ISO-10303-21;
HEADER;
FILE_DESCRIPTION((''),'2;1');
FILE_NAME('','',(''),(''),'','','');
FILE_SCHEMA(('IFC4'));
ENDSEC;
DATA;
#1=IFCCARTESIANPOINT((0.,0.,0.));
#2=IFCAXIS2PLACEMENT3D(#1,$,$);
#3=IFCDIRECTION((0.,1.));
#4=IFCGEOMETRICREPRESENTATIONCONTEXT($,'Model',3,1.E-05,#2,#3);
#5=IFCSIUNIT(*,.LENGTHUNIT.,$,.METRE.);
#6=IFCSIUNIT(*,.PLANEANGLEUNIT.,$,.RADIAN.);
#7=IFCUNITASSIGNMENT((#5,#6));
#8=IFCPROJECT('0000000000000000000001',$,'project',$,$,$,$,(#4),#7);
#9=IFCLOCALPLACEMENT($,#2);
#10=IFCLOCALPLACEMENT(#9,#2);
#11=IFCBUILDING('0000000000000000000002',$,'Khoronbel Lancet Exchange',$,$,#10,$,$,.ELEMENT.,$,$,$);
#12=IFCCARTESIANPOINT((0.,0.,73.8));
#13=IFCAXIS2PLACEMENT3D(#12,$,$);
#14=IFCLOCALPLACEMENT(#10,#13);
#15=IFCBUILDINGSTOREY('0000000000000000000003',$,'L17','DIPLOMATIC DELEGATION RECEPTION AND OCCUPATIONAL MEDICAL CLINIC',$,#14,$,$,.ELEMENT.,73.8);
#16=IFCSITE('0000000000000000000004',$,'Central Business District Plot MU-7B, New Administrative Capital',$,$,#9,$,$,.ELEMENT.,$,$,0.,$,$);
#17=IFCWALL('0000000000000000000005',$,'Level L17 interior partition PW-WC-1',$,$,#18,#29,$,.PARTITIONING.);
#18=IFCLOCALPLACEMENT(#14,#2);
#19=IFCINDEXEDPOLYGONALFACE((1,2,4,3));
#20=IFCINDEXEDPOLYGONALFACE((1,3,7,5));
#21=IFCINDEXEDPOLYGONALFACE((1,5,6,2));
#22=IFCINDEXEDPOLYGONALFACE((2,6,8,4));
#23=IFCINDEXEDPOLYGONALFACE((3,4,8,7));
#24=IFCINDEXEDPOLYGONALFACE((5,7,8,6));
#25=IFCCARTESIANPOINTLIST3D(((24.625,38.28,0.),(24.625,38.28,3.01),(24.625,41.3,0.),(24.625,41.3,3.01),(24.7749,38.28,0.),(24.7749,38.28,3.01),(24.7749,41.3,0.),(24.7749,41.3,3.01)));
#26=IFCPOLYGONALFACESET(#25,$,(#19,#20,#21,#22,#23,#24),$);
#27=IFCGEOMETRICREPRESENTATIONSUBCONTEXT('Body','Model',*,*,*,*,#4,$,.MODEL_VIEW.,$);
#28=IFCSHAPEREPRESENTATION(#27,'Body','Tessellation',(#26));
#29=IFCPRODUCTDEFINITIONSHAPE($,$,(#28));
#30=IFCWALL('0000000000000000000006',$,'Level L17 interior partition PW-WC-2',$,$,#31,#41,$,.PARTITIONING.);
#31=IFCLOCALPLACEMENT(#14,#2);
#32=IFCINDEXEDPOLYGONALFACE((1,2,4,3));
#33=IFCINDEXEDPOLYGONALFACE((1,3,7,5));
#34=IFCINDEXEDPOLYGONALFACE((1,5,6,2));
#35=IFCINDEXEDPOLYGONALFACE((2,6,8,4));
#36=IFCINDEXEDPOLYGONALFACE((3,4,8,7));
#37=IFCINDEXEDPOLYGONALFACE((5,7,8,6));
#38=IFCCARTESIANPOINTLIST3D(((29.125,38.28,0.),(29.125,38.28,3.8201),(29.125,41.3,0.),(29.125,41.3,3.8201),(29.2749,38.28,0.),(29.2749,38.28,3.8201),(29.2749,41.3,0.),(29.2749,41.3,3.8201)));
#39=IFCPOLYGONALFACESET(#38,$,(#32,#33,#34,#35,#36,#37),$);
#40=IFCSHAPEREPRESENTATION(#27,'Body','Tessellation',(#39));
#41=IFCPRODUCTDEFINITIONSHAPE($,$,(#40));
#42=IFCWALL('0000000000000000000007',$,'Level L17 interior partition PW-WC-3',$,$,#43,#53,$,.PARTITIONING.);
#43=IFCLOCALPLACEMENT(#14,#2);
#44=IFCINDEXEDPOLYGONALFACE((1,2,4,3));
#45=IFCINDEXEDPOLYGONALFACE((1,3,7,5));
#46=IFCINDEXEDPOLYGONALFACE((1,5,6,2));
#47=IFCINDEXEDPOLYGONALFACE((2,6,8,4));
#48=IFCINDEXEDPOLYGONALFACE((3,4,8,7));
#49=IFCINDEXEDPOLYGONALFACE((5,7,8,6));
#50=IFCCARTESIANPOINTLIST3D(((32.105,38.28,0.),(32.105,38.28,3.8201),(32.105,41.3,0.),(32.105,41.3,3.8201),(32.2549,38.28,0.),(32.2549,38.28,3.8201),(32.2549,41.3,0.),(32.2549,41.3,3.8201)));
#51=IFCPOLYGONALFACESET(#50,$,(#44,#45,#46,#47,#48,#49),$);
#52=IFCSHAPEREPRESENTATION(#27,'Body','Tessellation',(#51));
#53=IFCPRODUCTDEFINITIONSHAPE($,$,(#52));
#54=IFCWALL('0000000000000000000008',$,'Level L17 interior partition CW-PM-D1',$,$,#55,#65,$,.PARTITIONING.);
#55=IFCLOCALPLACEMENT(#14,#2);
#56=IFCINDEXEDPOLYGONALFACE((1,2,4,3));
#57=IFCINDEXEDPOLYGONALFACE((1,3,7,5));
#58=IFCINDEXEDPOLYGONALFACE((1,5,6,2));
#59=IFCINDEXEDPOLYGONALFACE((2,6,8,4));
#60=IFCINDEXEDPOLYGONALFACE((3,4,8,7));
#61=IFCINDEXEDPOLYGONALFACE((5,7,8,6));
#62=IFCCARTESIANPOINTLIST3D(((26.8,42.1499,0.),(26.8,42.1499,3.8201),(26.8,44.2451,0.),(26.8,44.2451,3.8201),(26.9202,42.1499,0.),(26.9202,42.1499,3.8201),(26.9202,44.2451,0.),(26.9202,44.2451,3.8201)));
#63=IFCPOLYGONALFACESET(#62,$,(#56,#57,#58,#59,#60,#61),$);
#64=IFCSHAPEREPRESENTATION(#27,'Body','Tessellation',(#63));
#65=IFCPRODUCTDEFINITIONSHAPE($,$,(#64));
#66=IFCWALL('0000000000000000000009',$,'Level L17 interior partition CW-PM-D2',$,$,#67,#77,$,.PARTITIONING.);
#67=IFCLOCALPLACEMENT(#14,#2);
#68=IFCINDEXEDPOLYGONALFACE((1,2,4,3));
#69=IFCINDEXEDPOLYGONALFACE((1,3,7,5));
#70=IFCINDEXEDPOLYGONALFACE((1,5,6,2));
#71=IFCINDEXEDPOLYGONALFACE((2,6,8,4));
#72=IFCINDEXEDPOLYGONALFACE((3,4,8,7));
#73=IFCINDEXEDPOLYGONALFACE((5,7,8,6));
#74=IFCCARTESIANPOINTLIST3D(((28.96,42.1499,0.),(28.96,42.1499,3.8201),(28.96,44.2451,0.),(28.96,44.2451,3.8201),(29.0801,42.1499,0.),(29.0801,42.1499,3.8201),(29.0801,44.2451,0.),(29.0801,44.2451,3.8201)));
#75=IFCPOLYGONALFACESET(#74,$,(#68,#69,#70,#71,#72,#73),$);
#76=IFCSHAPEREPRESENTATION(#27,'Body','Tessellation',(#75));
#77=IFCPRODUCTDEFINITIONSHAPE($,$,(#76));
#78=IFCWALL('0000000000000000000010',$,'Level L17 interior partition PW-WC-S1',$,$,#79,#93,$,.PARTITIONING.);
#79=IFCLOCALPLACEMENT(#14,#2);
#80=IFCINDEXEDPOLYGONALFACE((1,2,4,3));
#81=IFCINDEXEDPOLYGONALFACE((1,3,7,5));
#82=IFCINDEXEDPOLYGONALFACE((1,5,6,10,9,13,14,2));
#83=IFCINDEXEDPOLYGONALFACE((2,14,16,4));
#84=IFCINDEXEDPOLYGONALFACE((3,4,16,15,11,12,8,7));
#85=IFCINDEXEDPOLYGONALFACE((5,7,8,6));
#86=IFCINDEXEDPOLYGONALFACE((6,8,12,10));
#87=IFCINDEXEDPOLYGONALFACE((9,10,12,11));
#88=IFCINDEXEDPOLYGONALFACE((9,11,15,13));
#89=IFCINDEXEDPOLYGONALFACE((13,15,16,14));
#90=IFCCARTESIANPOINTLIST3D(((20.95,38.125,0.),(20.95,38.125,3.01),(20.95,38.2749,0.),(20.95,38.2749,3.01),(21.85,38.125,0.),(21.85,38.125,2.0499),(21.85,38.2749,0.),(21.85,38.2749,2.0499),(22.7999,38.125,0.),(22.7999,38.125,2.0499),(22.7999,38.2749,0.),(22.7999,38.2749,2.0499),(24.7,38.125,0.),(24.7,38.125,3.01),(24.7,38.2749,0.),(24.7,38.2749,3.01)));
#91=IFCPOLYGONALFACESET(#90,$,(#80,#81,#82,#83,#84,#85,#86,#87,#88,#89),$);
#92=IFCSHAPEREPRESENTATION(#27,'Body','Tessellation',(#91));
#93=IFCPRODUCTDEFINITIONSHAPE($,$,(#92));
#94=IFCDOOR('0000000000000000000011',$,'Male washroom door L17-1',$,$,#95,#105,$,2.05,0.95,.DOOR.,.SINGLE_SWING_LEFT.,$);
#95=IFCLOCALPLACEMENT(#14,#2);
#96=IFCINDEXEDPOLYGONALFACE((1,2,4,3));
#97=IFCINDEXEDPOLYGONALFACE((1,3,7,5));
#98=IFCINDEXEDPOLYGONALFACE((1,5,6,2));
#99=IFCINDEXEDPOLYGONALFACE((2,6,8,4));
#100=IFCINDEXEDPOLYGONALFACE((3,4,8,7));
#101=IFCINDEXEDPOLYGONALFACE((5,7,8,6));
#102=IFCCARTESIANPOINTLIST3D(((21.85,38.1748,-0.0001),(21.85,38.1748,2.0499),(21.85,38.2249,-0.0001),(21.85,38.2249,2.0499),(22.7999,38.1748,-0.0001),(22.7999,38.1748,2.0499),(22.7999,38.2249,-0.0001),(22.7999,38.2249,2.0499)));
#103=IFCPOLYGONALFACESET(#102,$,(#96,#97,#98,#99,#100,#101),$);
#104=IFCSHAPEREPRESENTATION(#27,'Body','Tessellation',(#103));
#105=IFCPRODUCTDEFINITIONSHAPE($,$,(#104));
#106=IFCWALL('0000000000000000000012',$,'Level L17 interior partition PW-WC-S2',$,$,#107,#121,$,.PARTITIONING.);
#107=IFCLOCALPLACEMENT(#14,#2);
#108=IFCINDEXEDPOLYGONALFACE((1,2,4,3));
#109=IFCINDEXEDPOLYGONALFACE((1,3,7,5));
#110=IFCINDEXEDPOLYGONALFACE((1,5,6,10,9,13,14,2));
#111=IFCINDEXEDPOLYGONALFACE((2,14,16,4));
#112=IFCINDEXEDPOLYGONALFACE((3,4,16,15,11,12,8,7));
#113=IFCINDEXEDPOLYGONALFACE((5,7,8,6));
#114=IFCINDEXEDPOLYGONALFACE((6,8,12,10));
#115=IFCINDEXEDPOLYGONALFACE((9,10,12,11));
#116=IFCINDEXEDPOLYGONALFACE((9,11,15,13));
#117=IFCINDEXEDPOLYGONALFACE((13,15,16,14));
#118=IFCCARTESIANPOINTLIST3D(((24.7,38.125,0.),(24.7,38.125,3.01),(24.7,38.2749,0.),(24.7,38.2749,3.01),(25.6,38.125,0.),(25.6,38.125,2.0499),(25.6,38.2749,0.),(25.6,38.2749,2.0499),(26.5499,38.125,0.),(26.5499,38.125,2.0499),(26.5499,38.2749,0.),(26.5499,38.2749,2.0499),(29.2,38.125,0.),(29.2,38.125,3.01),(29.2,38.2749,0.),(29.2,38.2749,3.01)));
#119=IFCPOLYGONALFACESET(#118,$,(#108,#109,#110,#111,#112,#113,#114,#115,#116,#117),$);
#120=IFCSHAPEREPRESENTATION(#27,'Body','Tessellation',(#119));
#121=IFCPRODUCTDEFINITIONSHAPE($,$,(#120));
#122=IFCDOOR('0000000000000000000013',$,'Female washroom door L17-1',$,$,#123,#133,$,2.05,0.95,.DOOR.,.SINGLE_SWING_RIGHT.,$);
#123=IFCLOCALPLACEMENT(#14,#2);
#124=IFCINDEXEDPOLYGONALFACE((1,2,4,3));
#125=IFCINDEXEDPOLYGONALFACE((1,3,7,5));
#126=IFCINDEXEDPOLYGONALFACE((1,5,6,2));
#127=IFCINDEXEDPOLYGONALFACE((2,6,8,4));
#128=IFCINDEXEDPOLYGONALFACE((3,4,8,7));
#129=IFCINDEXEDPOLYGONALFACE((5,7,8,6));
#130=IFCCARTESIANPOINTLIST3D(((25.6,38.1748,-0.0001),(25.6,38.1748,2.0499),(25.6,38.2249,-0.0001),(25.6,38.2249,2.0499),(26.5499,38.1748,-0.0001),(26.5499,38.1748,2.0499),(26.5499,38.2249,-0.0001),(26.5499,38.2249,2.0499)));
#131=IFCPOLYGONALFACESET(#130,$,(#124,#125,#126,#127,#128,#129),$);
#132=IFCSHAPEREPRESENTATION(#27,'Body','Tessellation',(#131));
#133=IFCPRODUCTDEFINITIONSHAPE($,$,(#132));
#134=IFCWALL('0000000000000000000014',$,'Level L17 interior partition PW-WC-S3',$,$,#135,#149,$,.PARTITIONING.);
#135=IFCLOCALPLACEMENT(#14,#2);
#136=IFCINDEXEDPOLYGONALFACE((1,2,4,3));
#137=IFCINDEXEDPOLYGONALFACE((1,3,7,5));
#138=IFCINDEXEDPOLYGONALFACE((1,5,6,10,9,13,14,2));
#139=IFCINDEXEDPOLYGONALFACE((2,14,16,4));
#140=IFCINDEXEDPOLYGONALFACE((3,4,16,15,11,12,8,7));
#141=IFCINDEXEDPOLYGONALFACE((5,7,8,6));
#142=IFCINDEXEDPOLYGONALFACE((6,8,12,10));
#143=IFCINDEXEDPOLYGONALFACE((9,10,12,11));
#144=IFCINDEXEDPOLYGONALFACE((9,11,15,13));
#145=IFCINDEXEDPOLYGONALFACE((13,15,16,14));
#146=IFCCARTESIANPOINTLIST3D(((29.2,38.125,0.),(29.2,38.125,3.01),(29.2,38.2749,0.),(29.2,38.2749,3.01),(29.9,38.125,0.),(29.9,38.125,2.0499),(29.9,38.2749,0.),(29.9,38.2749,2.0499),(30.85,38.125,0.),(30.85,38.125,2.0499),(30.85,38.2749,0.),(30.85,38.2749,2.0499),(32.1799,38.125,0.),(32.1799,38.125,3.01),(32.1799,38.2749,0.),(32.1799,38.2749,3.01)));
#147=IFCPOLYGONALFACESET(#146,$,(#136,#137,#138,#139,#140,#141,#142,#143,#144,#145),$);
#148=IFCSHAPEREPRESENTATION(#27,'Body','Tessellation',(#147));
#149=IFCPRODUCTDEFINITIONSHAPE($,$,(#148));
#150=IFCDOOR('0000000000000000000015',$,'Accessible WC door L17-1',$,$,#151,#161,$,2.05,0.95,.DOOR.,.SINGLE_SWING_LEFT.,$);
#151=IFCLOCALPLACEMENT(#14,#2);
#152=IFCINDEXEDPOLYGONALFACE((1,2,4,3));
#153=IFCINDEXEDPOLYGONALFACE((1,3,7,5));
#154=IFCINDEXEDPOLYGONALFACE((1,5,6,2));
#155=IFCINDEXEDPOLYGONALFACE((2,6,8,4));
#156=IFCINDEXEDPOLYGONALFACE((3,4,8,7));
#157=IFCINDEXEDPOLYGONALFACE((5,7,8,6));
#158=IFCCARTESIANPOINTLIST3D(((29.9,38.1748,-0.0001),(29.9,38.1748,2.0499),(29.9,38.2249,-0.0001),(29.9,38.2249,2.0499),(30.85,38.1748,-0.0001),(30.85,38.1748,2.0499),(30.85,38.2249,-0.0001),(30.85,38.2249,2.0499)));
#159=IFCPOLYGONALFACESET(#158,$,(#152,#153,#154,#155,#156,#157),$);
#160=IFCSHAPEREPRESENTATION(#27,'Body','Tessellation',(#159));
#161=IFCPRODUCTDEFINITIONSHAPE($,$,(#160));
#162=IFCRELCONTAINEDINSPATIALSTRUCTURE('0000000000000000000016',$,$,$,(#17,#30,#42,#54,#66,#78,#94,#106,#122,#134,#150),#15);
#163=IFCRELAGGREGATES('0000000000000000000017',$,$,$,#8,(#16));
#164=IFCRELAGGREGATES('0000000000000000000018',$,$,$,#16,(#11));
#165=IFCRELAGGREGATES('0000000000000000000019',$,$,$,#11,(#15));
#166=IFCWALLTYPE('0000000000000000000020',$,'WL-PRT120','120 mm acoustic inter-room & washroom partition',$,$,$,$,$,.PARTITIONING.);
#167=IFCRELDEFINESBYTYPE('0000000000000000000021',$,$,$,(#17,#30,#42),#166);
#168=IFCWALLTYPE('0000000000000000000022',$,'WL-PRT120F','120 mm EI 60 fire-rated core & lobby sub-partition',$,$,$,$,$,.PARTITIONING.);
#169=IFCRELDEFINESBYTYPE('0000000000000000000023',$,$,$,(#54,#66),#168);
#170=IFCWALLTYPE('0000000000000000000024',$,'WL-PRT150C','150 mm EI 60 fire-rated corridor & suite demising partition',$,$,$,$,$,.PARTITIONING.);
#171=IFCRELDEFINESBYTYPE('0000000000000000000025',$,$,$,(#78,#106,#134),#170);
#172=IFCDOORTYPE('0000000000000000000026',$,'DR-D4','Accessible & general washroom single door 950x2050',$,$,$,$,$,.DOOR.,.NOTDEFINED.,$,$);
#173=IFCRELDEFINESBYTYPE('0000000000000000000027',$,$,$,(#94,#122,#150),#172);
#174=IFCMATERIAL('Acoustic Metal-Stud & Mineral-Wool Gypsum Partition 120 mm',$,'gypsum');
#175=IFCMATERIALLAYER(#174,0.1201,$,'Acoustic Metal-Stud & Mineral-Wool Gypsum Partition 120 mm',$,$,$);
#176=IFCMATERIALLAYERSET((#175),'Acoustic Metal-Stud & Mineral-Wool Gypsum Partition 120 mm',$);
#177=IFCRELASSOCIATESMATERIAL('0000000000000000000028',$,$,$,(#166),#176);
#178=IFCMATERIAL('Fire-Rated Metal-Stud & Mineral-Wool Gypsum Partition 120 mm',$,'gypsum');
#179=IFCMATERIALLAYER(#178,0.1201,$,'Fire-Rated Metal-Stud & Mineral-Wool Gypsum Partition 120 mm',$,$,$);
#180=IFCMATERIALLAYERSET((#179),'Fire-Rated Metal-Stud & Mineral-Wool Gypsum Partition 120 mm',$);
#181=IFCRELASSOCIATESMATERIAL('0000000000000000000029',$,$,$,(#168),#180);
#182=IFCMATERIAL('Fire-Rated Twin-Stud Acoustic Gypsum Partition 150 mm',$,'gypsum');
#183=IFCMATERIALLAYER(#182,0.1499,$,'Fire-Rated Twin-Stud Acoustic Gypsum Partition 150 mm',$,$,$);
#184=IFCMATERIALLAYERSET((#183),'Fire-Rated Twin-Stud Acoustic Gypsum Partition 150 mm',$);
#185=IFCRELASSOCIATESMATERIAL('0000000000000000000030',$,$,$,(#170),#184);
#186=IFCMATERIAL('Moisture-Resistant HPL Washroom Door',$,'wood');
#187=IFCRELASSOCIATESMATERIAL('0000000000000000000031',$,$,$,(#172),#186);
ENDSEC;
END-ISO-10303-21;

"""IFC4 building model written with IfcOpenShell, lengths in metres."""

from ifc_helpers import new_model, si_unit, direction, frame, frame_2d, origin, place, context, subcontext, project, spatial, rectangle, extrude, material, layer, layer_set, type_object, element, fill, save


model = new_model("IFC4")

# Units and contexts
model_context = context("Model", 3, precision=1e-05, world=origin(), true_north=direction((0.0, 1.0)))
body_context = subcontext(model_context, "Body", "Model", "MODEL_VIEW")
ifc_project = project(units=[si_unit("LENGTHUNIT", "METRE"), si_unit("PLANEANGLEUNIT", "RADIAN")], contexts=[model_context])

# Site, building, storey
site_placement = place(None, origin())
site = spatial("IfcSite", under=ifc_project, at=site_placement, Name="Central Business District Plot MU-7B, New Administrative Capital", CompositionType="ELEMENT", RefElevation=0.0)
building_placement = place(site_placement, origin())
building = spatial("IfcBuilding", under=site, at=building_placement, Name="Khoronbel Lancet Exchange", CompositionType="ELEMENT")
storey_placement = place(building_placement, frame((0.0, 0.0, 73.8)))
storey = spatial("IfcBuildingStorey", under=building, at=storey_placement, Name="L17", Description="DIPLOMATIC DELEGATION RECEPTION AND OCCUPATIONAL MEDICAL CLINIC", CompositionType="ELEMENT", Elevation=73.8)

# Walls
ifc_material_1 = material(Name="Acoustic Metal-Stud & Mineral-Wool Gypsum Partition 120 mm", Category="gypsum")
ifc_layer_1 = layer(ifc_material_1, 0.1201, Name="Acoustic Metal-Stud & Mineral-Wool Gypsum Partition 120 mm")
ifc_layer_set_1 = layer_set([ifc_layer_1], Name="Acoustic Metal-Stud & Mineral-Wool Gypsum Partition 120 mm")
wall_type_1 = type_object("IfcWallType", Name="WL-PRT120", Description="120 mm acoustic inter-room & washroom partition", PredefinedType="PARTITIONING", material=ifc_layer_set_1)
wall_1_placement = place(storey_placement, frame((24.7, 38.28, 0.0), z_axis=(0.0, 0.0, 1.0), x_axis=(0.0, 1.0, 0.0)))
element("IfcWall", 1, at=wall_1_placement, inside=storey, type_object=wall_type_1, Name="Level L17 interior partition PW-WC-1", PredefinedType="PARTITIONING", context=body_context, shape_type="SweptSolid", body=[
    extrude(rectangle(XDim=3.02, YDim=0.1499, at=frame_2d((1.51, 0.0))), origin(), (0.0, 0.0, 1.0), 3.01),
])
for number, where, z_axis, x_axis, name in (
    (2, (29.2, 38.28, 0.0), (0.0, 0.0, 1.0), (0.0, 1.0, 0.0), "Level L17 interior partition PW-WC-2"),
    (3, (32.1799, 38.28, 0.0), (0.0, 0.0, 1.0), (0.0, 1.0, 0.0), "Level L17 interior partition PW-WC-3"),
):
    element("IfcWall", number, at=place(storey_placement, frame(where, z_axis=z_axis, x_axis=x_axis)), inside=storey, type_object=wall_type_1, Name=name, PredefinedType="PARTITIONING", context=body_context, shape_type="SweptSolid", body=[
        extrude(rectangle(XDim=3.02, YDim=0.1499, at=frame_2d((1.51, 0.0))), origin(), (0.0, 0.0, 1.0), 3.8201),
    ])
ifc_material_2 = material(Name="Fire-Rated Metal-Stud & Mineral-Wool Gypsum Partition 120 mm", Category="gypsum")
ifc_layer_2 = layer(ifc_material_2, 0.1201, Name="Fire-Rated Metal-Stud & Mineral-Wool Gypsum Partition 120 mm")
ifc_layer_set_2 = layer_set([ifc_layer_2], Name="Fire-Rated Metal-Stud & Mineral-Wool Gypsum Partition 120 mm")
wall_type_2 = type_object("IfcWallType", Name="WL-PRT120F", Description="120 mm EI 60 fire-rated core & lobby sub-partition", PredefinedType="PARTITIONING", material=ifc_layer_set_2)
for number, where, z_axis, x_axis, name in (
    (4, (26.8601, 42.1499, 0.0), (0.0, 0.0, 1.0), (0.0, 1.0, 0.0), "Level L17 interior partition CW-PM-D1"),
    (5, (29.02, 42.1499, 0.0), (0.0, 0.0, 1.0), (0.0, 1.0, 0.0), "Level L17 interior partition CW-PM-D2"),
):
    element("IfcWall", number, at=place(storey_placement, frame(where, z_axis=z_axis, x_axis=x_axis)), inside=storey, type_object=wall_type_2, Name=name, PredefinedType="PARTITIONING", context=body_context, shape_type="SweptSolid", body=[
        extrude(rectangle(XDim=2.0952, YDim=0.1201, at=frame_2d((1.0476, 0.0))), origin(), (0.0, 0.0, 1.0), 3.8201),
    ])

# Walls, openings, doors
ifc_material_3 = material(Name="Fire-Rated Twin-Stud Acoustic Gypsum Partition 150 mm", Category="gypsum")
ifc_layer_3 = layer(ifc_material_3, 0.1499, Name="Fire-Rated Twin-Stud Acoustic Gypsum Partition 150 mm")
ifc_layer_set_3 = layer_set([ifc_layer_3], Name="Fire-Rated Twin-Stud Acoustic Gypsum Partition 150 mm")
wall_type_3 = type_object("IfcWallType", Name="WL-PRT150C", Description="150 mm EI 60 fire-rated corridor & suite demising partition", PredefinedType="PARTITIONING", material=ifc_layer_set_3)
wall_2_placement = place(storey_placement, frame((20.95, 38.2, 0.0), z_axis=(0.0, 0.0, 1.0), x_axis=(1.0, 0.0, 0.0)))
wall_2 = element("IfcWall", 6, at=wall_2_placement, inside=storey, type_object=wall_type_3, Name="Level L17 interior partition PW-WC-S1", PredefinedType="PARTITIONING", context=body_context, shape_type="SweptSolid", body=[
    extrude(rectangle(XDim=3.75, YDim=0.1499, at=frame_2d((1.875, 0.0))), origin(), (0.0, 0.0, 1.0), 3.01),
])
opening_1_placement = place(wall_2_placement, frame((0.8999, 0.0, 0.0)))
opening_1 = element("IfcOpeningElement", 7, at=opening_1_placement, cuts=wall_2, PredefinedType="OPENING", context=body_context, shape_type="SweptSolid", body=[
    extrude(rectangle(XDim=0.95, YDim=2.05, at=frame_2d((0.4751, 1.0249))), frame((0.0, 0.085, 0.0), z_axis=(0.0, -1.0, 0.0), x_axis=(1.0, 0.0, 0.0)), (0.0, 0.0, 1.0), 0.1699),
])
ifc_material_4 = material(Name="Moisture-Resistant HPL Washroom Door", Category="wood")
door_type_1 = type_object("IfcDoorType", Name="DR-D4", Description="Accessible & general washroom single door 950x2050", OperationType="NOTDEFINED", PredefinedType="DOOR", material=ifc_material_4)
door_1_placement = place(opening_1_placement, origin())
door_1 = element("IfcDoor", 8, at=door_1_placement, inside=storey, type_object=door_type_1, Name="Male washroom door L17-1", OperationType="SINGLE_SWING_LEFT", OverallHeight=2.05, OverallWidth=0.95, PredefinedType="DOOR", context=body_context, shape_type="SweptSolid", body=[
    extrude(rectangle(XDim=0.95, YDim=2.05, at=frame_2d((0.4751, 1.0249))), frame((0.0, 0.0249, 0.0), z_axis=(0.0, -1.0, 0.0), x_axis=(1.0, 0.0, 0.0)), (0.0, 0.0, 1.0), 0.05),
])
fill(opening_1, door_1)
wall_3_placement = place(storey_placement, frame((24.7, 38.2, 0.0), z_axis=(0.0, 0.0, 1.0), x_axis=(1.0, 0.0, 0.0)))
wall_3 = element("IfcWall", 9, at=wall_3_placement, inside=storey, type_object=wall_type_3, Name="Level L17 interior partition PW-WC-S2", PredefinedType="PARTITIONING", context=body_context, shape_type="SweptSolid", body=[
    extrude(rectangle(XDim=4.5, YDim=0.1499, at=frame_2d((2.25, 0.0))), origin(), (0.0, 0.0, 1.0), 3.01),
])
opening_2_placement = place(wall_3_placement, frame((0.8999, 0.0, 0.0)))
opening_2 = element("IfcOpeningElement", 10, at=opening_2_placement, cuts=wall_3, PredefinedType="OPENING", context=body_context, shape_type="SweptSolid", body=[
    extrude(rectangle(XDim=0.95, YDim=2.05, at=frame_2d((0.4751, 1.0249))), frame((0.0, 0.085, 0.0), z_axis=(0.0, -1.0, 0.0), x_axis=(1.0, 0.0, 0.0)), (0.0, 0.0, 1.0), 0.1699),
])
door_2_placement = place(opening_2_placement, origin())
door_2 = element("IfcDoor", 11, at=door_2_placement, inside=storey, type_object=door_type_1, Name="Female washroom door L17-1", OperationType="SINGLE_SWING_RIGHT", OverallHeight=2.05, OverallWidth=0.95, PredefinedType="DOOR", context=body_context, shape_type="SweptSolid", body=[
    extrude(rectangle(XDim=0.95, YDim=2.05, at=frame_2d((0.4751, 1.0249))), frame((0.0, 0.0249, 0.0), z_axis=(0.0, -1.0, 0.0), x_axis=(1.0, 0.0, 0.0)), (0.0, 0.0, 1.0), 0.05),
])
fill(opening_2, door_2)
wall_4_placement = place(storey_placement, frame((29.2, 38.2, 0.0), z_axis=(0.0, 0.0, 1.0), x_axis=(1.0, 0.0, 0.0)))
wall_4 = element("IfcWall", 12, at=wall_4_placement, inside=storey, type_object=wall_type_3, Name="Level L17 interior partition PW-WC-S3", PredefinedType="PARTITIONING", context=body_context, shape_type="SweptSolid", body=[
    extrude(rectangle(XDim=2.98, YDim=0.1499, at=frame_2d((1.49, 0.0))), origin(), (0.0, 0.0, 1.0), 3.01),
])
opening_3_placement = place(wall_4_placement, frame((0.7, 0.0, 0.0)))
opening_3 = element("IfcOpeningElement", 13, at=opening_3_placement, cuts=wall_4, PredefinedType="OPENING", context=body_context, shape_type="SweptSolid", body=[
    extrude(rectangle(XDim=0.95, YDim=2.05, at=frame_2d((0.4751, 1.0249))), frame((0.0, 0.085, 0.0), z_axis=(0.0, -1.0, 0.0), x_axis=(1.0, 0.0, 0.0)), (0.0, 0.0, 1.0), 0.1699),
])
door_3_placement = place(opening_3_placement, origin())
door_3 = element("IfcDoor", 14, at=door_3_placement, inside=storey, type_object=door_type_1, Name="Accessible WC door L17-1", OperationType="SINGLE_SWING_LEFT", OverallHeight=2.05, OverallWidth=0.95, PredefinedType="DOOR", context=body_context, shape_type="SweptSolid", body=[
    extrude(rectangle(XDim=0.95, YDim=2.05, at=frame_2d((0.4751, 1.0249))), frame((0.0, 0.0249, 0.0), z_axis=(0.0, -1.0, 0.0), x_axis=(1.0, 0.0, 0.0)), (0.0, 0.0, 1.0), 0.05),
])
fill(opening_3, door_3)

save(model, "model.ifc")
